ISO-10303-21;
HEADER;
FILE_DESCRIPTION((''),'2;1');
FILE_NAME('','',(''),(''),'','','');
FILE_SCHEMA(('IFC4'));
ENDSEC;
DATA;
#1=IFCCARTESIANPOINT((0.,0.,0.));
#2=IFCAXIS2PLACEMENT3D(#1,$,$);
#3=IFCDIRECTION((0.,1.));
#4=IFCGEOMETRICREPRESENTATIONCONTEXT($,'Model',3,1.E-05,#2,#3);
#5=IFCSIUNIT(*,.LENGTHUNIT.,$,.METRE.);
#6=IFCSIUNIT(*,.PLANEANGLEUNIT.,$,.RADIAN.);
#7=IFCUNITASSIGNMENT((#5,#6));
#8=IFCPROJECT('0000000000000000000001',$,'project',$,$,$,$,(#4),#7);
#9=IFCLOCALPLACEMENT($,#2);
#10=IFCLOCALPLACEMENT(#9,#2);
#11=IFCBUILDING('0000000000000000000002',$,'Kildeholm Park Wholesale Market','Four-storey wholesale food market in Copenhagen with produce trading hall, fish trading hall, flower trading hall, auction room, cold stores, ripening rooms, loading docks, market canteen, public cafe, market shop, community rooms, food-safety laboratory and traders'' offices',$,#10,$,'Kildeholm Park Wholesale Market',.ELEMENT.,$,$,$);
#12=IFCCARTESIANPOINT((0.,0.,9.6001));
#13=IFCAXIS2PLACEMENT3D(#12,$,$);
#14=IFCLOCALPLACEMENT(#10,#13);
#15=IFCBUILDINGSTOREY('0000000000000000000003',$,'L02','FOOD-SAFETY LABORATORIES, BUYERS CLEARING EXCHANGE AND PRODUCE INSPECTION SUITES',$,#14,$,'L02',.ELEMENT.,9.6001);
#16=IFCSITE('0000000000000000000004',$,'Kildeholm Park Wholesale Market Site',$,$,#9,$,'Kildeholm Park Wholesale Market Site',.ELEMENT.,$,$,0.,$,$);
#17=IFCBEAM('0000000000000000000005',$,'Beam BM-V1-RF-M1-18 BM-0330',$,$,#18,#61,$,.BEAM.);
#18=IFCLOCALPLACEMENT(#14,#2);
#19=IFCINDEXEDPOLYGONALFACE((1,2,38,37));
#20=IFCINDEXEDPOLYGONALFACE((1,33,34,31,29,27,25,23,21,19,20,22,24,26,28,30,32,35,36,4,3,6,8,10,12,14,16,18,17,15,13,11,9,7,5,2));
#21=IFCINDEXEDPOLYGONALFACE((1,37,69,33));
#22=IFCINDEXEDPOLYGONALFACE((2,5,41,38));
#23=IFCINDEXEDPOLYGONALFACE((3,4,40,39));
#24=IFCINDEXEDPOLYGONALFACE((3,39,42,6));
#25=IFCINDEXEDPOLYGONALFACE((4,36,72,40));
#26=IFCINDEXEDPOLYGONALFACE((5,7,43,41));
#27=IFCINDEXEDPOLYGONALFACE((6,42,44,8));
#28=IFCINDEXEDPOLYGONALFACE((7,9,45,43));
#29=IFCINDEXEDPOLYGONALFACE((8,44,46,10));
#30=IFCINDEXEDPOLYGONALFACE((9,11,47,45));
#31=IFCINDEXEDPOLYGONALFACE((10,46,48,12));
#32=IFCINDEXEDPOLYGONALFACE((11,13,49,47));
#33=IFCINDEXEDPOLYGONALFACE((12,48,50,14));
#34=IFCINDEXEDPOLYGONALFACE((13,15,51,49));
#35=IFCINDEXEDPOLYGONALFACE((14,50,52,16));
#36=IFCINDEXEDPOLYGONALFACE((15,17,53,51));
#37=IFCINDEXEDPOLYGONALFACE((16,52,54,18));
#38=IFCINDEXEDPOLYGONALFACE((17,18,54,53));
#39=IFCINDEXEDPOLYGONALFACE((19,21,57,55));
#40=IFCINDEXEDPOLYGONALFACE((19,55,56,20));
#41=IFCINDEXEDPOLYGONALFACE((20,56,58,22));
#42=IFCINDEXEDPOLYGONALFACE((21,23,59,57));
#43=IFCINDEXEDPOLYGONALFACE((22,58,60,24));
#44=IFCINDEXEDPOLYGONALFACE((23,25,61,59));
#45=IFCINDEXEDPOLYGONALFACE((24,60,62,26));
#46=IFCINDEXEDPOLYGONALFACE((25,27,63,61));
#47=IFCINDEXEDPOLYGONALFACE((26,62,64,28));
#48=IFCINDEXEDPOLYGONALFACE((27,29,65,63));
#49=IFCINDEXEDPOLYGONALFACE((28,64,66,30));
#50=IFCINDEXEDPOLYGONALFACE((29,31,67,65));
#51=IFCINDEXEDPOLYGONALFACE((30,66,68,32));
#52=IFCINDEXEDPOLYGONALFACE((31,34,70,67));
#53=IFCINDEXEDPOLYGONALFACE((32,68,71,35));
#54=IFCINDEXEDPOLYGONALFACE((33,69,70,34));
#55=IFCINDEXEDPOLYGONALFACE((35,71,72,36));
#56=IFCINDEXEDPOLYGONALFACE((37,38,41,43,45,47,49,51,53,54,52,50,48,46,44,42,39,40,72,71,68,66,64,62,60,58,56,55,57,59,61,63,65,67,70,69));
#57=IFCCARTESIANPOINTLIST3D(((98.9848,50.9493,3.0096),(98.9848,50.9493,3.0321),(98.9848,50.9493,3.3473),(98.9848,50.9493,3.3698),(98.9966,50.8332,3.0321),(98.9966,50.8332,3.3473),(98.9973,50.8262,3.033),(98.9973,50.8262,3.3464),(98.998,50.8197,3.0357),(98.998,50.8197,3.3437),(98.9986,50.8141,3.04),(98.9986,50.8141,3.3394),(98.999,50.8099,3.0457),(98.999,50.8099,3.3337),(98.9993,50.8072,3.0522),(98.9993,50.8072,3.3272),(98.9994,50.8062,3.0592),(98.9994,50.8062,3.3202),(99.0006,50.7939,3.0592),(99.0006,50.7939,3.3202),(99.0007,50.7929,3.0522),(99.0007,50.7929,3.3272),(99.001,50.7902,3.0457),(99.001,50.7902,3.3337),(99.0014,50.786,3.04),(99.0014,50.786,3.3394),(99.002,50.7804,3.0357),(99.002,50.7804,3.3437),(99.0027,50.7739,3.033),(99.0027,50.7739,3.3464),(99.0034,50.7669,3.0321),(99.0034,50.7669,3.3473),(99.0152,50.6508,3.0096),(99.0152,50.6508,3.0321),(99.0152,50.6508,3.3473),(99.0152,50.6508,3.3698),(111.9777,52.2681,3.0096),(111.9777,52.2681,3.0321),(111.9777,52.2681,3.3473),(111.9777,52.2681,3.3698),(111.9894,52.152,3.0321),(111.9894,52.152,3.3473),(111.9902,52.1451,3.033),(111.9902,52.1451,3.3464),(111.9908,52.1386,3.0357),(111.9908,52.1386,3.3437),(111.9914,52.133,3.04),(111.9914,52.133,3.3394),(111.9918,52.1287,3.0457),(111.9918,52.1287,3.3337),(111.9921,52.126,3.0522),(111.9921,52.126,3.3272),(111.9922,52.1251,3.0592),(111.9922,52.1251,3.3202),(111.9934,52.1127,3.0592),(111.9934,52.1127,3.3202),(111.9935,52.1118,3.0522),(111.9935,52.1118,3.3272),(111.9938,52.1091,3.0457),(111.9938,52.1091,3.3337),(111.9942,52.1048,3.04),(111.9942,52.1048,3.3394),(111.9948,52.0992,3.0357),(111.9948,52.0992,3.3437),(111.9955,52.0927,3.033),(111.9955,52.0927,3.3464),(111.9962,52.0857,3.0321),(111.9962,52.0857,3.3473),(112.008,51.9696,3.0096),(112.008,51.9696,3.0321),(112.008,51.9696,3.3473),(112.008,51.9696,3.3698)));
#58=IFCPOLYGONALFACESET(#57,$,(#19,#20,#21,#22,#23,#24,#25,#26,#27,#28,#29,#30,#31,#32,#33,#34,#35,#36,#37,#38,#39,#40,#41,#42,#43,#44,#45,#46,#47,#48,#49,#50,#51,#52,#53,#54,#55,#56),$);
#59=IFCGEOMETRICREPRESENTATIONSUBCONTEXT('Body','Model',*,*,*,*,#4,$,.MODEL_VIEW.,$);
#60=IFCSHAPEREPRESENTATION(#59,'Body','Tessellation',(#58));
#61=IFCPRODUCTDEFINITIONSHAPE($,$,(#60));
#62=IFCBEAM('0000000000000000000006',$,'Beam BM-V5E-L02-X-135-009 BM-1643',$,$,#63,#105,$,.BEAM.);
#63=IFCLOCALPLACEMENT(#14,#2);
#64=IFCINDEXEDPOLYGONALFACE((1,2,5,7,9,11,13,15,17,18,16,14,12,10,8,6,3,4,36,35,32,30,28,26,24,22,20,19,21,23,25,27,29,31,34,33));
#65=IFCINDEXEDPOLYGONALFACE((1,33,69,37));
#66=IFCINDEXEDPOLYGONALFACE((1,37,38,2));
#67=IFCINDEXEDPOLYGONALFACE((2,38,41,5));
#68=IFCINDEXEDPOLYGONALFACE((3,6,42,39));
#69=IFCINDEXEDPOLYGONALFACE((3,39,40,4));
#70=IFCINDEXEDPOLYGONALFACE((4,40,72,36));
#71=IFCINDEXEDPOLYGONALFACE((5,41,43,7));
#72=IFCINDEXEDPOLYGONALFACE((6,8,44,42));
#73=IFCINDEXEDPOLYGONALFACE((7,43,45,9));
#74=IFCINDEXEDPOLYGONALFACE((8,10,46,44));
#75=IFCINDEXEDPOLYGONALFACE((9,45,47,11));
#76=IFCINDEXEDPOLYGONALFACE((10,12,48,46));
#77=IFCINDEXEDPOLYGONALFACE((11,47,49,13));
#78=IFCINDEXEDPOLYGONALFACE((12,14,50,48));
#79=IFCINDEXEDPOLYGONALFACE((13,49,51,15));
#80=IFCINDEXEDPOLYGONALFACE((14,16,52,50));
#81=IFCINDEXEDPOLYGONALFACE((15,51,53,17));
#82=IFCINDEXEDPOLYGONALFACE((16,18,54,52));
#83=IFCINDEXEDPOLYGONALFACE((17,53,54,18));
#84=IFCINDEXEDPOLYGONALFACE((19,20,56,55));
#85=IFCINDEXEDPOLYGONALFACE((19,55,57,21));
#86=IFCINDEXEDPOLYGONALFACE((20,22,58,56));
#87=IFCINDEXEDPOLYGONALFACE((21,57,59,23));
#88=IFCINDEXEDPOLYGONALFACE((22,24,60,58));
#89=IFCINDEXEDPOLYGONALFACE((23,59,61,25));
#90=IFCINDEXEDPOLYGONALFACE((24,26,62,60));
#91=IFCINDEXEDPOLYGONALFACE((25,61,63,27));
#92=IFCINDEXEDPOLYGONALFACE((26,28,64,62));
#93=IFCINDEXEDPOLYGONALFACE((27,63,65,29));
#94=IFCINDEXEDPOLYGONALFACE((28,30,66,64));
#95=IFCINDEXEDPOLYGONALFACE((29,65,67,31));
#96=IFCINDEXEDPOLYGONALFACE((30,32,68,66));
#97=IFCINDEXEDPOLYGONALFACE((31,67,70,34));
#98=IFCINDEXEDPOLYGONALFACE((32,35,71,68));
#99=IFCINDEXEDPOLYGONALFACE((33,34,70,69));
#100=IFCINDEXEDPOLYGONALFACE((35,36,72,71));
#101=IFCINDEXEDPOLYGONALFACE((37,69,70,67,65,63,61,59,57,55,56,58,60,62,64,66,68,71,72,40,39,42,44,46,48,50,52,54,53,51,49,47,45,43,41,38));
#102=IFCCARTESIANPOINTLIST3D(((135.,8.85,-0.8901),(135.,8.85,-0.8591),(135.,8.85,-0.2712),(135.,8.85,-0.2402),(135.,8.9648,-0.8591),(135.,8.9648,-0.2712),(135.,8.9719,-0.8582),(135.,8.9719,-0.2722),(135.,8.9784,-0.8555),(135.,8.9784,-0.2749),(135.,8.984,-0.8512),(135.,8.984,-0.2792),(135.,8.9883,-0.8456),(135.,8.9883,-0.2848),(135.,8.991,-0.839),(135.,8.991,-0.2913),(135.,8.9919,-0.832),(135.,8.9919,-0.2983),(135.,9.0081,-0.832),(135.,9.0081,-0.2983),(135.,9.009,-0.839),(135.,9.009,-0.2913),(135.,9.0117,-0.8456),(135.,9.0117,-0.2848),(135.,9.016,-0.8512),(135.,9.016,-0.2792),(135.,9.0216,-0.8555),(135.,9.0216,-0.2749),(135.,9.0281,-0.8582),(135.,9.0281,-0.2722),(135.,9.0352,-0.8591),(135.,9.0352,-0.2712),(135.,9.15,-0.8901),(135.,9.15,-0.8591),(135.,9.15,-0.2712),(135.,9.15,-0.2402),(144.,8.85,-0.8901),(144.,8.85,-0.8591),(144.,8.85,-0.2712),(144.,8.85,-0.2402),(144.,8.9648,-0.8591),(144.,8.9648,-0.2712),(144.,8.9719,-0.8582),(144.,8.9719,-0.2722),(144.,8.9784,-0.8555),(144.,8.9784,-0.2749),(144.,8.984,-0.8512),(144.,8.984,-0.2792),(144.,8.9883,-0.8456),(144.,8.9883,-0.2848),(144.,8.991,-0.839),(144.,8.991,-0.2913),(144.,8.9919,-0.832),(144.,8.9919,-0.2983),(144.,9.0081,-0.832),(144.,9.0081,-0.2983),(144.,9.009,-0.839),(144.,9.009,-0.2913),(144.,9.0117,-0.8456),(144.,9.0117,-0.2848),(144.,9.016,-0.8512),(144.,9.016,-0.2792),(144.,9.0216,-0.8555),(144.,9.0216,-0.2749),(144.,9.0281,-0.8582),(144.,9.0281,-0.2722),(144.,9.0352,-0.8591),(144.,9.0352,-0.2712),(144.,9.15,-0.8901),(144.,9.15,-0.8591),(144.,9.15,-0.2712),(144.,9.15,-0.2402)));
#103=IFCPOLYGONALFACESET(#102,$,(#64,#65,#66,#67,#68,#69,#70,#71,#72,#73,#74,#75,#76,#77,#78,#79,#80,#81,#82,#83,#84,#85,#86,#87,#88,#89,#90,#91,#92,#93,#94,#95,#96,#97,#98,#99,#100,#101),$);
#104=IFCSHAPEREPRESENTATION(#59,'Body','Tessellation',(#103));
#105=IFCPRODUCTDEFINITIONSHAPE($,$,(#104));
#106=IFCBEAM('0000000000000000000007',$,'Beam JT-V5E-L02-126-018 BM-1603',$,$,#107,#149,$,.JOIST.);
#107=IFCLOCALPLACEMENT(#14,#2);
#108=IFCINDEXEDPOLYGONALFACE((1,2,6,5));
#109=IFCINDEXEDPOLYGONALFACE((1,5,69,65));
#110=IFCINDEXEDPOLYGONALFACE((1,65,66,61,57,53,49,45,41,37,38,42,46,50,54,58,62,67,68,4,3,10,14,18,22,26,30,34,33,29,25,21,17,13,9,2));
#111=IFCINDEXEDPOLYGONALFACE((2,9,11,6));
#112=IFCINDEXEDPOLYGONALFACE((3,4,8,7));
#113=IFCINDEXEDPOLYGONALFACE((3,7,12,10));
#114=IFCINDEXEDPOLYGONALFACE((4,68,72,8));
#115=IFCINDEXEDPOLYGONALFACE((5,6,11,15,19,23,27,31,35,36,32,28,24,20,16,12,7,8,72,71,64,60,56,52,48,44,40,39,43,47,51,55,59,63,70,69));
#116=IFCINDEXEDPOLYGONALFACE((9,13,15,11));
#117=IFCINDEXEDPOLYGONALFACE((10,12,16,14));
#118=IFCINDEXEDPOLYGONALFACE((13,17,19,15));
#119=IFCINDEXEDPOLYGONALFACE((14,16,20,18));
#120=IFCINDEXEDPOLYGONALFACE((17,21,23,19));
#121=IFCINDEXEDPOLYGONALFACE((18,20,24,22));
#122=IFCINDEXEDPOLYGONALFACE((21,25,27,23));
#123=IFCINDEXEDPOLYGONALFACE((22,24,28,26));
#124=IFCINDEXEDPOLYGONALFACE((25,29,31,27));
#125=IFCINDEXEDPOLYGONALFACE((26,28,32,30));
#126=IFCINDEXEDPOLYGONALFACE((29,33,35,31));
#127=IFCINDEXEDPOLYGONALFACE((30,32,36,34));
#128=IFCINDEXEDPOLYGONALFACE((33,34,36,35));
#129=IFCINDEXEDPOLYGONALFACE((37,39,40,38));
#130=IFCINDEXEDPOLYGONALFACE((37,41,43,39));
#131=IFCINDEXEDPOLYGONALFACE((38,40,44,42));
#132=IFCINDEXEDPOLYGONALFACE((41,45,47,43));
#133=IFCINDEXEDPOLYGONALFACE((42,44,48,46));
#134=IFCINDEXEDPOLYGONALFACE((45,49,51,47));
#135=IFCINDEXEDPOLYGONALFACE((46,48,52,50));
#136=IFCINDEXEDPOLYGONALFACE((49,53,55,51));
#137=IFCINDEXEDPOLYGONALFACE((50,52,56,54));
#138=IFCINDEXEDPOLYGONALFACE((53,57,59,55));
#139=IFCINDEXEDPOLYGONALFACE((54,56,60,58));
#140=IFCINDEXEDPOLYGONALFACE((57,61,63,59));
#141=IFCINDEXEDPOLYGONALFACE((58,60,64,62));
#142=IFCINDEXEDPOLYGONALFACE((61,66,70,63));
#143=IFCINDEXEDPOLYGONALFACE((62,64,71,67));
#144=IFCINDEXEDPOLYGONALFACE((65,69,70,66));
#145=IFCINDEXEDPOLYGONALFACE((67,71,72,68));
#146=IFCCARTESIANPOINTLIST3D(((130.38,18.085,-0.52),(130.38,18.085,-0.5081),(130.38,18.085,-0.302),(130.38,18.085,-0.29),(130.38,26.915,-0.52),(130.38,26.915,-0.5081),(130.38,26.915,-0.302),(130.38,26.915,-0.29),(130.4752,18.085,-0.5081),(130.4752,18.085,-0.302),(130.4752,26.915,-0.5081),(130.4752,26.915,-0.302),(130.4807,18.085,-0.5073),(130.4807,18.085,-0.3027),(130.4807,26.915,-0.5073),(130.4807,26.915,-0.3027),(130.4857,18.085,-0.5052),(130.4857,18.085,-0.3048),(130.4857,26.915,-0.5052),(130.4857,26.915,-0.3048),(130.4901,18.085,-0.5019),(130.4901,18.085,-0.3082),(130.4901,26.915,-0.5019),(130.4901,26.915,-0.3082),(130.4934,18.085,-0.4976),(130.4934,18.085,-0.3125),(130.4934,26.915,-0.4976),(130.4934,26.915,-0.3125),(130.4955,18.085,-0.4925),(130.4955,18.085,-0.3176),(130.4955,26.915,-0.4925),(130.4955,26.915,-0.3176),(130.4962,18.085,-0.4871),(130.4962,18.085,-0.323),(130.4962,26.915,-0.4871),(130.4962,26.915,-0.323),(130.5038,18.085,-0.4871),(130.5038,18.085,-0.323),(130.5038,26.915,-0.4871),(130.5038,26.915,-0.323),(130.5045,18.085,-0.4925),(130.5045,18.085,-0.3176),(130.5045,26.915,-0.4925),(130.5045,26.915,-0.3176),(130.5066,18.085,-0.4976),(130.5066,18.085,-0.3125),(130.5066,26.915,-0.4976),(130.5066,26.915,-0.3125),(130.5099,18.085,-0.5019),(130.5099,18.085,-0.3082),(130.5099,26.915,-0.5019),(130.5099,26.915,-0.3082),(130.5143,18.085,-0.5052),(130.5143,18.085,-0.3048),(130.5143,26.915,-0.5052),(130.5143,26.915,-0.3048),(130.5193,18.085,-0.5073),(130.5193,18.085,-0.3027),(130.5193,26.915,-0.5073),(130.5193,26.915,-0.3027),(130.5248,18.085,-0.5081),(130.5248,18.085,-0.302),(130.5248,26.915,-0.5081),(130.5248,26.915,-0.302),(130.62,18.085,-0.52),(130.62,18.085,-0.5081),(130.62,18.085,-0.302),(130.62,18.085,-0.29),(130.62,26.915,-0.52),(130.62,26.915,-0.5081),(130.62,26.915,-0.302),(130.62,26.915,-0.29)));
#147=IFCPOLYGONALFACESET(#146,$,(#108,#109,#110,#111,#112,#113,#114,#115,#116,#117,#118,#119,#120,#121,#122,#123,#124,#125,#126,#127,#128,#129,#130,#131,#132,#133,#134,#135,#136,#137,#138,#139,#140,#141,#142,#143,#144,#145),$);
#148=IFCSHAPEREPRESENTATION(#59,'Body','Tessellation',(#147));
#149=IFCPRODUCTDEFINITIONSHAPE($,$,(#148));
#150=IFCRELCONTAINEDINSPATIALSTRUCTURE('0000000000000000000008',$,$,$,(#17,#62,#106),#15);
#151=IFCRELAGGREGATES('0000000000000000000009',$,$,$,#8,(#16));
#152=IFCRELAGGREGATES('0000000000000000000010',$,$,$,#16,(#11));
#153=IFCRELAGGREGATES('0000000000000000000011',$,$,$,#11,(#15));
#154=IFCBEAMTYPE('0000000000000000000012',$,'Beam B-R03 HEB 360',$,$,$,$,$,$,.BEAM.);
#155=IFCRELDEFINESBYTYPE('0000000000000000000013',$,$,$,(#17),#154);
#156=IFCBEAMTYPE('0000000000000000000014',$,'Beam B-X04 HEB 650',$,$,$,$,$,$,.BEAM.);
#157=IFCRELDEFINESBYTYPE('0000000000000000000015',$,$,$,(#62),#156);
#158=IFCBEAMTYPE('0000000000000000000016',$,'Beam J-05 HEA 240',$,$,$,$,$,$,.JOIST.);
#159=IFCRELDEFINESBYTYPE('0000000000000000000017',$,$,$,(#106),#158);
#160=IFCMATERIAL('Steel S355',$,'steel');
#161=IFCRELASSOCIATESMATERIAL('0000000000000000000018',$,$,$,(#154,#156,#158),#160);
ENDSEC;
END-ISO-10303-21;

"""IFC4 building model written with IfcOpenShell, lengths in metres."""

from ifc_helpers import new_model, si_unit, direction, frame, origin, origin_2d, place, context, subcontext, project, spatial, i_section, extrude, material, material_profile, profile_set, type_object, element, save


model = new_model("IFC4")

# Units and contexts
model_context = context("Model", 3, precision=1e-05, world=origin(), true_north=direction((0.0, 1.0)))
body_context = subcontext(model_context, "Body", "Model", "MODEL_VIEW")
ifc_project = project(units=[si_unit("LENGTHUNIT", "METRE"), si_unit("PLANEANGLEUNIT", "RADIAN")], contexts=[model_context])

# Site, building, storey
site_placement = place(None, origin())
site = spatial("IfcSite", under=ifc_project, at=site_placement, Name="Kildeholm Park Wholesale Market Site", LongName="Kildeholm Park Wholesale Market Site", CompositionType="ELEMENT", RefElevation=0.0)
building_placement = place(site_placement, origin())
building = spatial("IfcBuilding", under=site, at=building_placement, Name="Kildeholm Park Wholesale Market", Description="Four-storey wholesale food market in Copenhagen with produce trading hall, fish trading hall, flower trading hall, auction room, cold stores, ripening rooms, loading docks, market canteen, public cafe, market shop, community rooms, food-safety laboratory and traders' offices", LongName="Kildeholm Park Wholesale Market", CompositionType="ELEMENT")
storey_placement = place(building_placement, frame((0.0, 0.0, 9.6001)))
storey = spatial("IfcBuildingStorey", under=building, at=storey_placement, Name="L02", Description="FOOD-SAFETY LABORATORIES, BUYERS CLEARING EXCHANGE AND PRODUCE INSPECTION SUITES", LongName="L02", CompositionType="ELEMENT", Elevation=9.6001)

# Shared definitions
ifc_material_1 = material(Name="Steel S355", Category="steel")

# Beams
ifc_material_profile_1 = material_profile(ifc_material_1, i_section(OverallWidth=0.3, OverallDepth=0.3601, WebThickness=0.0125, FlangeThickness=0.0225, FilletRadius=0.0271, at=origin_2d()), Name="HEB 360")
ifc_profile_set_1 = profile_set([ifc_material_profile_1], Name="Steel S355")
beam_type_1 = type_object("IfcBeamType", Name="Beam B-R03 HEB 360", PredefinedType="BEAM", material=ifc_profile_set_1)
beam_1_placement = place(storey_placement, frame((99.0, 50.8, 3.1897), z_axis=(0.994888, 0.100986, 0.0), x_axis=(-0.100986, 0.994888, 0.0)))
element("IfcBeam", 1, at=beam_1_placement, inside=storey, type_object=beam_type_1, Name="Beam BM-V1-RF-M1-18 BM-0330", PredefinedType="BEAM", context=body_context, shape_type="SweptSolid", body=[
    extrude(i_section(OverallWidth=0.3, OverallDepth=0.3601, WebThickness=0.0125, FlangeThickness=0.0225, FilletRadius=0.0271, at=origin_2d()), origin(), (0.0, 0.0, 1.0), 13.0596),
])
ifc_material_profile_2 = material_profile(ifc_material_1, i_section(OverallWidth=0.3, OverallDepth=0.6499, WebThickness=0.0161, FlangeThickness=0.031, FilletRadius=0.0271, at=origin_2d()), Name="HEB 650")
ifc_profile_set_2 = profile_set([ifc_material_profile_2], Name="Steel S355")
beam_type_2 = type_object("IfcBeamType", Name="Beam B-X04 HEB 650", PredefinedType="BEAM", material=ifc_profile_set_2)
beam_2_placement = place(storey_placement, frame((135.0, 9.0, -0.5652), z_axis=(1.0, 0.0, 0.0), x_axis=(0.0, 1.0, 0.0)))
element("IfcBeam", 2, at=beam_2_placement, inside=storey, type_object=beam_type_2, Name="Beam BM-V5E-L02-X-135-009 BM-1643", PredefinedType="BEAM", context=body_context, shape_type="SweptSolid", body=[
    extrude(i_section(OverallWidth=0.3, OverallDepth=0.6499, WebThickness=0.0161, FlangeThickness=0.031, FilletRadius=0.0271, at=origin_2d()), origin(), (0.0, 0.0, 1.0), 9.0),
])
ifc_material_profile_3 = material_profile(ifc_material_1, i_section(OverallWidth=0.24, OverallDepth=0.23, WebThickness=0.0076, FlangeThickness=0.012, FilletRadius=0.021, at=origin_2d()), Name="HEA 240")
ifc_profile_set_3 = profile_set([ifc_material_profile_3], Name="Steel S355")
beam_type_3 = type_object("IfcBeamType", Name="Beam J-05 HEA 240", PredefinedType="JOIST", material=ifc_profile_set_3)
beam_3_placement = place(storey_placement, frame((130.5, 18.085, -0.405), z_axis=(0.0, 1.0, 0.0), x_axis=(-1.0, 0.0, 0.0)))
element("IfcBeam", 3, at=beam_3_placement, inside=storey, type_object=beam_type_3, Name="Beam JT-V5E-L02-126-018 BM-1603", PredefinedType="JOIST", context=body_context, shape_type="SweptSolid", body=[
    extrude(i_section(OverallWidth=0.24, OverallDepth=0.23, WebThickness=0.0076, FlangeThickness=0.012, FilletRadius=0.021, at=origin_2d()), origin(), (0.0, 0.0, 1.0), 8.8301),
])

save(model, "model.ifc")
